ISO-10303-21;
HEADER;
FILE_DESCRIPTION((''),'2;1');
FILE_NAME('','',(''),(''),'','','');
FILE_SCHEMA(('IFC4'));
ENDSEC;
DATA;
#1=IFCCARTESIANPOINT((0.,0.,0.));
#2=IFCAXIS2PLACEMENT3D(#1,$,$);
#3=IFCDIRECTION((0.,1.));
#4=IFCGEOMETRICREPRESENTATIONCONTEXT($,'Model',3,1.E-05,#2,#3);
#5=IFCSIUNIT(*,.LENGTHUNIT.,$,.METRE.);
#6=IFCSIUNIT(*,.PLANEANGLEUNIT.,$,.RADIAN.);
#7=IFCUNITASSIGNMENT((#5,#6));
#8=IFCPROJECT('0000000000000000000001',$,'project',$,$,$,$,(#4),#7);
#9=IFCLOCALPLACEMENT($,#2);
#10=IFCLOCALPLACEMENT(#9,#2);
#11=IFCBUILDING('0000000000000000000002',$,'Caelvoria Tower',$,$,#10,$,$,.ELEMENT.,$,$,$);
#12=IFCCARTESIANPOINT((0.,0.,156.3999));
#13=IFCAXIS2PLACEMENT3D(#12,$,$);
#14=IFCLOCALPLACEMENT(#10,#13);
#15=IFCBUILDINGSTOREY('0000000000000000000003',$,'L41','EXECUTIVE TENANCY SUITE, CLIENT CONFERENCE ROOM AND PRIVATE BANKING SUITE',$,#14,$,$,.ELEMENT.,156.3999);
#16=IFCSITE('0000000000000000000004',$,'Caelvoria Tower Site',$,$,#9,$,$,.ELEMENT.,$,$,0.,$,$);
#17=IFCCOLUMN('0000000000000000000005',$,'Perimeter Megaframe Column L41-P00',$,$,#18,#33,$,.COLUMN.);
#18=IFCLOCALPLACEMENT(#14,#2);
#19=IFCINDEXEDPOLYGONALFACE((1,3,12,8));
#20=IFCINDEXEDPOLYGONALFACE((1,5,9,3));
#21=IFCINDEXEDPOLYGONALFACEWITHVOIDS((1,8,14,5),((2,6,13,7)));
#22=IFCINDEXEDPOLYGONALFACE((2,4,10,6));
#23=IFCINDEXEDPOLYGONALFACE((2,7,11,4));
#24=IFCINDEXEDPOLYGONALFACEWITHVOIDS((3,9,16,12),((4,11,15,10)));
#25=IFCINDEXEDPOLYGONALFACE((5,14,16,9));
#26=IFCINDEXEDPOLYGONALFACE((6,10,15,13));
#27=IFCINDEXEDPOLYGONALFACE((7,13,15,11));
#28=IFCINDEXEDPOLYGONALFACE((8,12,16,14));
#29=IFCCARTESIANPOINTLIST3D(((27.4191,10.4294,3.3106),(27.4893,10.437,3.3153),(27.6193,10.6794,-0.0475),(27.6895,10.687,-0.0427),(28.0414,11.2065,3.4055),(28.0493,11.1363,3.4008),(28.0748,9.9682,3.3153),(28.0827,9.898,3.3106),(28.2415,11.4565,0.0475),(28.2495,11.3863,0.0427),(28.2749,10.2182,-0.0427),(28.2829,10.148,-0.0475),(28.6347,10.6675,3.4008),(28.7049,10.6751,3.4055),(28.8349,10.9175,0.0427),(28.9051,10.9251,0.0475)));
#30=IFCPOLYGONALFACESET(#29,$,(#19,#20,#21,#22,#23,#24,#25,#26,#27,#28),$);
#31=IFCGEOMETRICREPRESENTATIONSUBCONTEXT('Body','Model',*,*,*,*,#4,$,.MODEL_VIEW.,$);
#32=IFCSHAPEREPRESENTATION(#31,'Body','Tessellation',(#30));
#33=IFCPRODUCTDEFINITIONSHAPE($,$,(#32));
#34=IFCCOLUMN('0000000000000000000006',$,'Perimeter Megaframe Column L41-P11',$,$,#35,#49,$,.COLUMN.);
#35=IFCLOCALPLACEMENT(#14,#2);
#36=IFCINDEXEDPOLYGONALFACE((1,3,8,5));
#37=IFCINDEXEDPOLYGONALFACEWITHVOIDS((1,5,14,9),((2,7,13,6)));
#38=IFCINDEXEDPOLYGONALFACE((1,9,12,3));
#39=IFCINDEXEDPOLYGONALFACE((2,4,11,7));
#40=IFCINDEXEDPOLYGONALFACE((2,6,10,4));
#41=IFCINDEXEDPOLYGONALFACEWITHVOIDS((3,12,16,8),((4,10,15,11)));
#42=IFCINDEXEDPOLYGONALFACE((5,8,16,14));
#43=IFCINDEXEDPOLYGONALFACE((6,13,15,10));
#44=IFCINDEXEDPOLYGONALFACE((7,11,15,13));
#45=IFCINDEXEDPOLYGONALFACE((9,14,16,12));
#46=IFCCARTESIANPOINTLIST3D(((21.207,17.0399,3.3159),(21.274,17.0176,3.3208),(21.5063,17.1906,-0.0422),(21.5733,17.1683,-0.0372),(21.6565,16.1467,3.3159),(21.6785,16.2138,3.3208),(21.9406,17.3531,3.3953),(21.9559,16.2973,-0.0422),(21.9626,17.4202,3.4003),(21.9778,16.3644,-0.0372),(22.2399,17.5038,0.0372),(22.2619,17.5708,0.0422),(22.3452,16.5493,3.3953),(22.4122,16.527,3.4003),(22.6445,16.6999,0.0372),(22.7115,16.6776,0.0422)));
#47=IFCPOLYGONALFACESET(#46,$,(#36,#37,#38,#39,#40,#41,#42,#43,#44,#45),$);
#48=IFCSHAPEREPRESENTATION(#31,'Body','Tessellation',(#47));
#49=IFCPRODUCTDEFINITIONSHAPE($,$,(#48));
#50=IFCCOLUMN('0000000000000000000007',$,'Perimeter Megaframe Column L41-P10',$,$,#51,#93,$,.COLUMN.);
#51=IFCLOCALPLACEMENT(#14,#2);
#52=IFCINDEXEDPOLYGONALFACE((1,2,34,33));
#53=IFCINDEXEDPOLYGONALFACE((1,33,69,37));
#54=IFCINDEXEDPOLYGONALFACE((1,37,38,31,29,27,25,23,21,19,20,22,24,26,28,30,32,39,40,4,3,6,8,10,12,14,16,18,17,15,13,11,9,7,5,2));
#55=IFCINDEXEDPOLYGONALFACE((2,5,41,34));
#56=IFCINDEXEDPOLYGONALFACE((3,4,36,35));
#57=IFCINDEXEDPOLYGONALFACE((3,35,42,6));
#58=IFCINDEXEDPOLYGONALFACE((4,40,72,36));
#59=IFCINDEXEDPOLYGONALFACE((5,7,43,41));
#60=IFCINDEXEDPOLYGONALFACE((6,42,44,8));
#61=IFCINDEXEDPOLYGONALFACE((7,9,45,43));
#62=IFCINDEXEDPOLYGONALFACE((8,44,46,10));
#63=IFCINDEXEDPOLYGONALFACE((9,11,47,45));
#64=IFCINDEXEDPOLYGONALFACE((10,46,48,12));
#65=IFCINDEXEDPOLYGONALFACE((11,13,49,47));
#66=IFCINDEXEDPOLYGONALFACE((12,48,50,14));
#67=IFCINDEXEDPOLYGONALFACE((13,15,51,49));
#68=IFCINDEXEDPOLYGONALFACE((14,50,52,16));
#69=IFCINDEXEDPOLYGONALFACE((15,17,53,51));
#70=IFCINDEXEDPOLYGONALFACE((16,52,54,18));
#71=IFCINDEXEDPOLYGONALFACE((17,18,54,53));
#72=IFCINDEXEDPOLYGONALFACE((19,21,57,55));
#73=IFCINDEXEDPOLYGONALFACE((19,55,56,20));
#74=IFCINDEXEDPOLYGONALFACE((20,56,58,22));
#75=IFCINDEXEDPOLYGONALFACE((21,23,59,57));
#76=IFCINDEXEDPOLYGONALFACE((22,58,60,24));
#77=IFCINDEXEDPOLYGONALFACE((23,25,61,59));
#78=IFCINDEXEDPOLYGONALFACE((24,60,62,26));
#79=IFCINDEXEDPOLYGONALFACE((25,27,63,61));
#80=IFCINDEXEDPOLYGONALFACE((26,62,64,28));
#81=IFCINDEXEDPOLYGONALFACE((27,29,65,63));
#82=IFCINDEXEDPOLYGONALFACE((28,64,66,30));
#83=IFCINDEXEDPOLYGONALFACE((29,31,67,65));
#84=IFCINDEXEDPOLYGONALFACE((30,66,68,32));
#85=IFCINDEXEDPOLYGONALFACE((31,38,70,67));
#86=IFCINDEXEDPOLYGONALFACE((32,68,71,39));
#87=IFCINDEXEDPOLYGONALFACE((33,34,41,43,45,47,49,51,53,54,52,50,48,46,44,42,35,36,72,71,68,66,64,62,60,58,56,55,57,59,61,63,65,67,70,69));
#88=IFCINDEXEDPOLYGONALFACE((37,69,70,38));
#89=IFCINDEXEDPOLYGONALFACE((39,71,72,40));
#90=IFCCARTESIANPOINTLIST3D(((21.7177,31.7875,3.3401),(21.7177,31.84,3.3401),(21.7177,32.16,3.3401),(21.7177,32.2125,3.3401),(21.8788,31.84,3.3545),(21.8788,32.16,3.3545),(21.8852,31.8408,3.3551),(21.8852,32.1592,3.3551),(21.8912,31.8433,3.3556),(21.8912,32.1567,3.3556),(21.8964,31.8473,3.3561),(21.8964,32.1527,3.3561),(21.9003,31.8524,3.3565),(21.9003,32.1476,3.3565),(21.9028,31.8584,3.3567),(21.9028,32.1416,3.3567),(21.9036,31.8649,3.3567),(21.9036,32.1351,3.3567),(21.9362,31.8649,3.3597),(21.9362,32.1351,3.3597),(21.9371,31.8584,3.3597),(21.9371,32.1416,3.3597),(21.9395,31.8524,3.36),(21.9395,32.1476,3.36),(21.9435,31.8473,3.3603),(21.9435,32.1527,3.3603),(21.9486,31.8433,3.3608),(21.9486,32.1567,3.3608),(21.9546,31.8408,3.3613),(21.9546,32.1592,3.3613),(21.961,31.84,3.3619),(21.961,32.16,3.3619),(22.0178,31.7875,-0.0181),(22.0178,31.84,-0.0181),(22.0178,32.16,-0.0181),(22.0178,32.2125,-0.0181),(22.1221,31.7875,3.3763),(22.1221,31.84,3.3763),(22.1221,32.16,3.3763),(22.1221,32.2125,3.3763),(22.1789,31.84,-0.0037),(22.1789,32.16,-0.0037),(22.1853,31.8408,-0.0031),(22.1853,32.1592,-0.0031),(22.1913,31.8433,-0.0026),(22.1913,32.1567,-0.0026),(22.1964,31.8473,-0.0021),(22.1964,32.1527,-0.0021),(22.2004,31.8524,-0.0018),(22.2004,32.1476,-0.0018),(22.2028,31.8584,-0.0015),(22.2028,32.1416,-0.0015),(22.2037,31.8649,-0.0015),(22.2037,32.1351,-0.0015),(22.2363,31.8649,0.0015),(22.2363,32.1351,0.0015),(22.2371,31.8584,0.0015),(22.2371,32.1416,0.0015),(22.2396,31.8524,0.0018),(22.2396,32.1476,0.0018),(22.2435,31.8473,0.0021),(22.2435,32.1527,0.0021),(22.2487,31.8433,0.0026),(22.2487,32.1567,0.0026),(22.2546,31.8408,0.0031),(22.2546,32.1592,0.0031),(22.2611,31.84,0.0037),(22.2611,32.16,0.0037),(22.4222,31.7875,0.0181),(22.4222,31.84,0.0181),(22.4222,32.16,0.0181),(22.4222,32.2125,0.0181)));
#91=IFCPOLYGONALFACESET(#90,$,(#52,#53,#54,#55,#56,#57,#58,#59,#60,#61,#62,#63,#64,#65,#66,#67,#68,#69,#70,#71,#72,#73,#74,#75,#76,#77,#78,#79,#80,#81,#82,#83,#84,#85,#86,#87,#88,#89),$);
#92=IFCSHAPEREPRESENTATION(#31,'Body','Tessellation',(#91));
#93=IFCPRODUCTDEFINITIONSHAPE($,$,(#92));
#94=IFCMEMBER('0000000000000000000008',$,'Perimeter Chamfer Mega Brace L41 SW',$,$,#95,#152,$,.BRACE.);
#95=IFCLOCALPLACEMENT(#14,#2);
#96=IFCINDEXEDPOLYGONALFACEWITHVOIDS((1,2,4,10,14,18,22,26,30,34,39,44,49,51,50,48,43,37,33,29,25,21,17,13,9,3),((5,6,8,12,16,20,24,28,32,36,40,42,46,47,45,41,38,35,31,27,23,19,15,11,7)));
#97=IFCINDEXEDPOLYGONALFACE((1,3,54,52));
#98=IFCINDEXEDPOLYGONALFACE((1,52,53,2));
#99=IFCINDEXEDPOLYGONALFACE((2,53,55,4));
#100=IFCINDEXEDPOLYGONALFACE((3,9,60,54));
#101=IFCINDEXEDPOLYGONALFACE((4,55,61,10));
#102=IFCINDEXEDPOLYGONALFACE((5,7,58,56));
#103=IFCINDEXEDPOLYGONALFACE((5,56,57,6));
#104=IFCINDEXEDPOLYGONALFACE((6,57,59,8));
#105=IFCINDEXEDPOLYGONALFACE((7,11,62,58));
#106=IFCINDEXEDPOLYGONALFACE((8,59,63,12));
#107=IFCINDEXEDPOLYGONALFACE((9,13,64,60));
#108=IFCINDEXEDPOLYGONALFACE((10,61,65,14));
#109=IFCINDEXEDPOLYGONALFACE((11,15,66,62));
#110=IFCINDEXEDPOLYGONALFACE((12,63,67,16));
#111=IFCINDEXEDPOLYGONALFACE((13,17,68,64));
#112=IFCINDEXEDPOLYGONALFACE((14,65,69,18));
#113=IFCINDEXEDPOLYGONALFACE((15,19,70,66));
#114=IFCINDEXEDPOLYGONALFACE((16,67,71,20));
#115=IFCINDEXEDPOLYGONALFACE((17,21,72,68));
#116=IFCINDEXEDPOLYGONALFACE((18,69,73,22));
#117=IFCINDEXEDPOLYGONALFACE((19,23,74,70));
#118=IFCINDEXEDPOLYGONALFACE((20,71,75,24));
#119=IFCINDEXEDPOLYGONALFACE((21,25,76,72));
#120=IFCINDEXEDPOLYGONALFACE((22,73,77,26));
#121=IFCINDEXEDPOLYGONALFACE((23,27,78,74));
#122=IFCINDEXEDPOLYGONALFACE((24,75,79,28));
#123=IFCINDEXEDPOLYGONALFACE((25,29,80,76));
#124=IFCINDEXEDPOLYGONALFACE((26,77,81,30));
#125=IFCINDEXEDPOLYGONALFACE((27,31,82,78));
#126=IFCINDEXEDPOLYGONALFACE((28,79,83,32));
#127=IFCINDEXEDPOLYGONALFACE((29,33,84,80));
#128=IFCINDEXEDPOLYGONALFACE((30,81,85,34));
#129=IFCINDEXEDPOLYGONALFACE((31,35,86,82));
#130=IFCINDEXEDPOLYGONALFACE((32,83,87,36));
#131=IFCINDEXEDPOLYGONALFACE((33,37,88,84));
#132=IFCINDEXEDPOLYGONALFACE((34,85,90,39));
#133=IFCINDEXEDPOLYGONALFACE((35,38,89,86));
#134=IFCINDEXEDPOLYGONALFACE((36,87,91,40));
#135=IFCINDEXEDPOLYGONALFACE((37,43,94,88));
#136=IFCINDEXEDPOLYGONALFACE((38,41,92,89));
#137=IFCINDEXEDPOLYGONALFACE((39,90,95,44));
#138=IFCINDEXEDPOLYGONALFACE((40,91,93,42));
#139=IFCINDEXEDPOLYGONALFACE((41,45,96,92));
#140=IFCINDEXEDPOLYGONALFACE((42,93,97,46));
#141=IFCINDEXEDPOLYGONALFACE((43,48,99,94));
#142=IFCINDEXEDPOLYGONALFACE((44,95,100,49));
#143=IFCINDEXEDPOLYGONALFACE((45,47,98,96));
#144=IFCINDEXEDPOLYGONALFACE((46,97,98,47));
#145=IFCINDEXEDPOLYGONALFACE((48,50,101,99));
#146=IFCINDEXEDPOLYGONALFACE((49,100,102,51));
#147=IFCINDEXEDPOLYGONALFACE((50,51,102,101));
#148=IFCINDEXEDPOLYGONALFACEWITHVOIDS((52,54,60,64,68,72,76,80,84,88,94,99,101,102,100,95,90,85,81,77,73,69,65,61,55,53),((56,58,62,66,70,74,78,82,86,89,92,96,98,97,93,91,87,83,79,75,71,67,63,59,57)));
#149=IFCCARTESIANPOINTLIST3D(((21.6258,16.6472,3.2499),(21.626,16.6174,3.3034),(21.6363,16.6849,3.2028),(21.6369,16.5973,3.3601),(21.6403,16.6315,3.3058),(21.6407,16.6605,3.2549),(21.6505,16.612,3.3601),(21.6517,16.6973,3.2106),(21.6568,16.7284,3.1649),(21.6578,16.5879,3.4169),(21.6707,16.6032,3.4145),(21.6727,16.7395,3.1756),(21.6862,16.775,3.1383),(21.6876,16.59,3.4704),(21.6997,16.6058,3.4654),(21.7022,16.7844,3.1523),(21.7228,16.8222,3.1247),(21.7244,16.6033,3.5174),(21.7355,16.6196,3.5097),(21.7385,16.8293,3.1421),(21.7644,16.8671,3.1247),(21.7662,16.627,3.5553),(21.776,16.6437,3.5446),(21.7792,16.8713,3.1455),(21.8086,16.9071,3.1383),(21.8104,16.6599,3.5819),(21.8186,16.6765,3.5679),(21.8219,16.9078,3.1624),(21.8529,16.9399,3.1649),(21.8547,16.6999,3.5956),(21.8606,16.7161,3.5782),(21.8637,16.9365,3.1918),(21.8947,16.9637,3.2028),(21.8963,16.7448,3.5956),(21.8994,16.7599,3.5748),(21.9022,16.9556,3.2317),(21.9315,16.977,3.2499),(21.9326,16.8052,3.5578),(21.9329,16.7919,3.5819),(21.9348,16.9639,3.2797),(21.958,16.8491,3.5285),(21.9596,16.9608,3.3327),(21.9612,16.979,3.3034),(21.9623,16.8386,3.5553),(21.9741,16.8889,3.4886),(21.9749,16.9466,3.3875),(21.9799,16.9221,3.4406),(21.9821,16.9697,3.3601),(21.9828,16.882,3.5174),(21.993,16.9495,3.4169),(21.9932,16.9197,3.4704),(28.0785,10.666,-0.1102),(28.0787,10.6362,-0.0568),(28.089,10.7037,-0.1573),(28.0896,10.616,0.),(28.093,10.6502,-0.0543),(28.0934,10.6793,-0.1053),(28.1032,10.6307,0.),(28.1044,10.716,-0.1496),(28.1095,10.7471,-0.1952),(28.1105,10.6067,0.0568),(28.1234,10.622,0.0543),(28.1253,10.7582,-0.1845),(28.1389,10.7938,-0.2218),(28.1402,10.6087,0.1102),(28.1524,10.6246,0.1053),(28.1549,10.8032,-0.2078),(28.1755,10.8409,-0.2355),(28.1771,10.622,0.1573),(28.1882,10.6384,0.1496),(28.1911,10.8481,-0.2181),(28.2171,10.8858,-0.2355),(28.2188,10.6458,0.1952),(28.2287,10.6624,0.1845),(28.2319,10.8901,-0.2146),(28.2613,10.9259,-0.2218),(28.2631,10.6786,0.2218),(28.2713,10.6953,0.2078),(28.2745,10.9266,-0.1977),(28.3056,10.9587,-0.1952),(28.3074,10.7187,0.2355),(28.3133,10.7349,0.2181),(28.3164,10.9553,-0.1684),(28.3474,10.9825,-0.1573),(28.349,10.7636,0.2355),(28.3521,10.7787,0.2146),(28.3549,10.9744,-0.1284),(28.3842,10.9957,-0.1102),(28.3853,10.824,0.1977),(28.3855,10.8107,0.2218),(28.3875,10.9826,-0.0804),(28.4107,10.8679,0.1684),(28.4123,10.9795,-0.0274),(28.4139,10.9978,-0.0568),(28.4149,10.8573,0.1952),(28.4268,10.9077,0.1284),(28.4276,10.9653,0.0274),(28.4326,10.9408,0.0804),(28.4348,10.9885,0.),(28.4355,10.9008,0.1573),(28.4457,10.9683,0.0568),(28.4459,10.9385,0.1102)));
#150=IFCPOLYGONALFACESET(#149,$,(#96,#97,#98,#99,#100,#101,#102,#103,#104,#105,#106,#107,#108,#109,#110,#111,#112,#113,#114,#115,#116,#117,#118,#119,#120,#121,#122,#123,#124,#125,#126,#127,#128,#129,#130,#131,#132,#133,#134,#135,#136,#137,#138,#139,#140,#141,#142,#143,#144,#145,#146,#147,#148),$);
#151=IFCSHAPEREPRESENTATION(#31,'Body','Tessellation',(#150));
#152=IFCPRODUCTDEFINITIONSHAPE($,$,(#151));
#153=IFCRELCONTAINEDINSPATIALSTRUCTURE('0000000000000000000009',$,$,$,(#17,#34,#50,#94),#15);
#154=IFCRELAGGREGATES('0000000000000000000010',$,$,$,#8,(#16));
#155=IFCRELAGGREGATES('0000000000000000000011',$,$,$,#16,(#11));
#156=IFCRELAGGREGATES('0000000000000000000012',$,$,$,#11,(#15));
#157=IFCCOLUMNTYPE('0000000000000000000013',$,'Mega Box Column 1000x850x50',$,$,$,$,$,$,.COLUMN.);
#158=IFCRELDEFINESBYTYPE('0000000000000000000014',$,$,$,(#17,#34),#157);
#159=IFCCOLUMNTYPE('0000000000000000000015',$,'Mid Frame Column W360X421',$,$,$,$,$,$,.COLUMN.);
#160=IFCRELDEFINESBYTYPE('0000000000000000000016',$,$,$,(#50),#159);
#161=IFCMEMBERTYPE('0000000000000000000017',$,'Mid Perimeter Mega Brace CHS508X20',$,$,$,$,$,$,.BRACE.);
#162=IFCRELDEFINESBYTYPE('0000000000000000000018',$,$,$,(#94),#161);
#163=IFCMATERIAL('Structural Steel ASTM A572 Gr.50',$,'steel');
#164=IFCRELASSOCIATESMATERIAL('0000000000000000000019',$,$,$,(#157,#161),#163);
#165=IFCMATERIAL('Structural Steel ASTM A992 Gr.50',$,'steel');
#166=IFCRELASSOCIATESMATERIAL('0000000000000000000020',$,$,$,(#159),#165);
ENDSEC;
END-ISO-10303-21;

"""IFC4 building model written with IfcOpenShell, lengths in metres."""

from ifc_helpers import new_model, si_unit, direction, frame, origin, origin_2d, place, context, subcontext, project, spatial, hollow_rectangle, hollow_circle, i_section, extrude, material, material_profile, profile_set, type_object, element, save


model = new_model("IFC4")

# Units and contexts
model_context = context("Model", 3, precision=1e-05, world=origin(), true_north=direction((0.0, 1.0)))
body_context = subcontext(model_context, "Body", "Model", "MODEL_VIEW")
ifc_project = project(units=[si_unit("LENGTHUNIT", "METRE"), si_unit("PLANEANGLEUNIT", "RADIAN")], contexts=[model_context])

# Site, building, storey
site_placement = place(None, origin())
site = spatial("IfcSite", under=ifc_project, at=site_placement, Name="Caelvoria Tower Site", CompositionType="ELEMENT", RefElevation=0.0)
building_placement = place(site_placement, origin())
building = spatial("IfcBuilding", under=site, at=building_placement, Name="Caelvoria Tower", CompositionType="ELEMENT")
storey_placement = place(building_placement, frame((0.0, 0.0, 156.3999)))
storey = spatial("IfcBuildingStorey", under=building, at=storey_placement, Name="L41", Description="EXECUTIVE TENANCY SUITE, CLIENT CONFERENCE ROOM AND PRIVATE BANKING SUITE", CompositionType="ELEMENT", Elevation=156.3999)

# Columns
ifc_material_1 = material(Name="Structural Steel ASTM A572 Gr.50", Category="steel")
ifc_material_profile_1 = material_profile(ifc_material_1, hollow_rectangle(XDim=0.8501, YDim=1.0, WallThickness=0.05, at=origin_2d()), Name="Structural Steel ASTM A572 Gr.50")
ifc_profile_set_1 = profile_set([ifc_material_profile_1], Name="BOX1000X850X50 - Structural Steel ASTM A572 Gr.50")
column_type_1 = type_object("IfcColumnType", Name="Mega Box Column 1000x850x50", PredefinedType="COLUMN", material=ifc_profile_set_1)
column_1_placement = place(storey_placement, frame((28.2622, 10.8022, 0.0), z_axis=(-0.059345, -0.074109, 0.995483), x_axis=(0.780571, -0.625067, 0.0)))
element("IfcColumn", 1, at=column_1_placement, inside=storey, type_object=column_type_1, Name="Perimeter Megaframe Column L41-P00", PredefinedType="COLUMN", context=body_context, shape_type="SweptSolid", body=[
    extrude(hollow_rectangle(XDim=0.8501, YDim=1.0, WallThickness=0.05, at=origin_2d()), origin(), (0.0, 0.0, 1.0), 3.3733),
])
column_2_placement = place(storey_placement, frame((22.1089, 16.9341, 0.0), z_axis=(-0.088691, -0.044635, 0.995059), x_axis=(0.888844, 0.447322, 0.099289)))
element("IfcColumn", 2, at=column_2_placement, inside=storey, type_object=column_type_1, Name="Perimeter Megaframe Column L41-P11", PredefinedType="COLUMN", context=body_context, shape_type="SweptSolid", body=[
    extrude(hollow_rectangle(XDim=0.8501, YDim=1.0, WallThickness=0.05, at=origin_2d()), origin(), (0.0, 0.0, 1.0), 3.3748),
])
ifc_material_2 = material(Name="Structural Steel ASTM A992 Gr.50", Category="steel")
ifc_material_profile_2 = material_profile(ifc_material_2, i_section(OverallWidth=0.406, OverallDepth=0.425, WebThickness=0.0327, FlangeThickness=0.0525, FilletRadius=0.0249, at=origin_2d()), Name="Structural Steel ASTM A992 Gr.50")
ifc_profile_set_2 = profile_set([ifc_material_profile_2], Name="W360X421 - Structural Steel ASTM A992 Gr.50")
column_type_2 = type_object("IfcColumnType", Name="Mid Frame Column W360X421", PredefinedType="COLUMN", material=ifc_profile_set_2)
column_3_placement = place(storey_placement, frame((22.22, 32.0, 0.0), z_axis=(-0.088995, 0.0, 0.996032), x_axis=(0.996032, 0.0, 0.088995)))
element("IfcColumn", 3, at=column_3_placement, inside=storey, type_object=column_type_2, Name="Perimeter Megaframe Column L41-P10", PredefinedType="COLUMN", context=body_context, shape_type="SweptSolid", body=[
    extrude(i_section(OverallWidth=0.406, OverallDepth=0.425, WebThickness=0.0327, FlangeThickness=0.0525, FilletRadius=0.0249, at=origin_2d()), origin(), (0.0, 0.0, 1.0), 3.3716),
])

# Member
ifc_material_profile_3 = material_profile(ifc_material_1, hollow_circle(Radius=0.2539, WallThickness=0.02, at=origin_2d()), Name="Structural Steel ASTM A572 Gr.50")
ifc_profile_set_3 = profile_set([ifc_material_profile_3], Name="CHS508X20 - Structural Steel ASTM A572 Gr.50")
member_type = type_object("IfcMemberType", Name="Mid Perimeter Mega Brace CHS508X20", PredefinedType="BRACE", material=ifc_profile_set_3)
member_placement = place(storey_placement, frame((28.2622, 10.8022, 0.0), z_axis=(-0.685128, 0.635072, 0.356769), x_axis=(-0.679808, -0.73339, 0.0)))
element("IfcMember", 4, at=member_placement, inside=storey, type_object=member_type, Name="Perimeter Chamfer Mega Brace L41 SW", PredefinedType="BRACE", context=body_context, shape_type="SweptSolid", body=[
    extrude(hollow_circle(Radius=0.2539, WallThickness=0.02, at=origin_2d()), origin(), (0.0, 0.0, 1.0), 9.4182),
])

save(model, "model.ifc")
